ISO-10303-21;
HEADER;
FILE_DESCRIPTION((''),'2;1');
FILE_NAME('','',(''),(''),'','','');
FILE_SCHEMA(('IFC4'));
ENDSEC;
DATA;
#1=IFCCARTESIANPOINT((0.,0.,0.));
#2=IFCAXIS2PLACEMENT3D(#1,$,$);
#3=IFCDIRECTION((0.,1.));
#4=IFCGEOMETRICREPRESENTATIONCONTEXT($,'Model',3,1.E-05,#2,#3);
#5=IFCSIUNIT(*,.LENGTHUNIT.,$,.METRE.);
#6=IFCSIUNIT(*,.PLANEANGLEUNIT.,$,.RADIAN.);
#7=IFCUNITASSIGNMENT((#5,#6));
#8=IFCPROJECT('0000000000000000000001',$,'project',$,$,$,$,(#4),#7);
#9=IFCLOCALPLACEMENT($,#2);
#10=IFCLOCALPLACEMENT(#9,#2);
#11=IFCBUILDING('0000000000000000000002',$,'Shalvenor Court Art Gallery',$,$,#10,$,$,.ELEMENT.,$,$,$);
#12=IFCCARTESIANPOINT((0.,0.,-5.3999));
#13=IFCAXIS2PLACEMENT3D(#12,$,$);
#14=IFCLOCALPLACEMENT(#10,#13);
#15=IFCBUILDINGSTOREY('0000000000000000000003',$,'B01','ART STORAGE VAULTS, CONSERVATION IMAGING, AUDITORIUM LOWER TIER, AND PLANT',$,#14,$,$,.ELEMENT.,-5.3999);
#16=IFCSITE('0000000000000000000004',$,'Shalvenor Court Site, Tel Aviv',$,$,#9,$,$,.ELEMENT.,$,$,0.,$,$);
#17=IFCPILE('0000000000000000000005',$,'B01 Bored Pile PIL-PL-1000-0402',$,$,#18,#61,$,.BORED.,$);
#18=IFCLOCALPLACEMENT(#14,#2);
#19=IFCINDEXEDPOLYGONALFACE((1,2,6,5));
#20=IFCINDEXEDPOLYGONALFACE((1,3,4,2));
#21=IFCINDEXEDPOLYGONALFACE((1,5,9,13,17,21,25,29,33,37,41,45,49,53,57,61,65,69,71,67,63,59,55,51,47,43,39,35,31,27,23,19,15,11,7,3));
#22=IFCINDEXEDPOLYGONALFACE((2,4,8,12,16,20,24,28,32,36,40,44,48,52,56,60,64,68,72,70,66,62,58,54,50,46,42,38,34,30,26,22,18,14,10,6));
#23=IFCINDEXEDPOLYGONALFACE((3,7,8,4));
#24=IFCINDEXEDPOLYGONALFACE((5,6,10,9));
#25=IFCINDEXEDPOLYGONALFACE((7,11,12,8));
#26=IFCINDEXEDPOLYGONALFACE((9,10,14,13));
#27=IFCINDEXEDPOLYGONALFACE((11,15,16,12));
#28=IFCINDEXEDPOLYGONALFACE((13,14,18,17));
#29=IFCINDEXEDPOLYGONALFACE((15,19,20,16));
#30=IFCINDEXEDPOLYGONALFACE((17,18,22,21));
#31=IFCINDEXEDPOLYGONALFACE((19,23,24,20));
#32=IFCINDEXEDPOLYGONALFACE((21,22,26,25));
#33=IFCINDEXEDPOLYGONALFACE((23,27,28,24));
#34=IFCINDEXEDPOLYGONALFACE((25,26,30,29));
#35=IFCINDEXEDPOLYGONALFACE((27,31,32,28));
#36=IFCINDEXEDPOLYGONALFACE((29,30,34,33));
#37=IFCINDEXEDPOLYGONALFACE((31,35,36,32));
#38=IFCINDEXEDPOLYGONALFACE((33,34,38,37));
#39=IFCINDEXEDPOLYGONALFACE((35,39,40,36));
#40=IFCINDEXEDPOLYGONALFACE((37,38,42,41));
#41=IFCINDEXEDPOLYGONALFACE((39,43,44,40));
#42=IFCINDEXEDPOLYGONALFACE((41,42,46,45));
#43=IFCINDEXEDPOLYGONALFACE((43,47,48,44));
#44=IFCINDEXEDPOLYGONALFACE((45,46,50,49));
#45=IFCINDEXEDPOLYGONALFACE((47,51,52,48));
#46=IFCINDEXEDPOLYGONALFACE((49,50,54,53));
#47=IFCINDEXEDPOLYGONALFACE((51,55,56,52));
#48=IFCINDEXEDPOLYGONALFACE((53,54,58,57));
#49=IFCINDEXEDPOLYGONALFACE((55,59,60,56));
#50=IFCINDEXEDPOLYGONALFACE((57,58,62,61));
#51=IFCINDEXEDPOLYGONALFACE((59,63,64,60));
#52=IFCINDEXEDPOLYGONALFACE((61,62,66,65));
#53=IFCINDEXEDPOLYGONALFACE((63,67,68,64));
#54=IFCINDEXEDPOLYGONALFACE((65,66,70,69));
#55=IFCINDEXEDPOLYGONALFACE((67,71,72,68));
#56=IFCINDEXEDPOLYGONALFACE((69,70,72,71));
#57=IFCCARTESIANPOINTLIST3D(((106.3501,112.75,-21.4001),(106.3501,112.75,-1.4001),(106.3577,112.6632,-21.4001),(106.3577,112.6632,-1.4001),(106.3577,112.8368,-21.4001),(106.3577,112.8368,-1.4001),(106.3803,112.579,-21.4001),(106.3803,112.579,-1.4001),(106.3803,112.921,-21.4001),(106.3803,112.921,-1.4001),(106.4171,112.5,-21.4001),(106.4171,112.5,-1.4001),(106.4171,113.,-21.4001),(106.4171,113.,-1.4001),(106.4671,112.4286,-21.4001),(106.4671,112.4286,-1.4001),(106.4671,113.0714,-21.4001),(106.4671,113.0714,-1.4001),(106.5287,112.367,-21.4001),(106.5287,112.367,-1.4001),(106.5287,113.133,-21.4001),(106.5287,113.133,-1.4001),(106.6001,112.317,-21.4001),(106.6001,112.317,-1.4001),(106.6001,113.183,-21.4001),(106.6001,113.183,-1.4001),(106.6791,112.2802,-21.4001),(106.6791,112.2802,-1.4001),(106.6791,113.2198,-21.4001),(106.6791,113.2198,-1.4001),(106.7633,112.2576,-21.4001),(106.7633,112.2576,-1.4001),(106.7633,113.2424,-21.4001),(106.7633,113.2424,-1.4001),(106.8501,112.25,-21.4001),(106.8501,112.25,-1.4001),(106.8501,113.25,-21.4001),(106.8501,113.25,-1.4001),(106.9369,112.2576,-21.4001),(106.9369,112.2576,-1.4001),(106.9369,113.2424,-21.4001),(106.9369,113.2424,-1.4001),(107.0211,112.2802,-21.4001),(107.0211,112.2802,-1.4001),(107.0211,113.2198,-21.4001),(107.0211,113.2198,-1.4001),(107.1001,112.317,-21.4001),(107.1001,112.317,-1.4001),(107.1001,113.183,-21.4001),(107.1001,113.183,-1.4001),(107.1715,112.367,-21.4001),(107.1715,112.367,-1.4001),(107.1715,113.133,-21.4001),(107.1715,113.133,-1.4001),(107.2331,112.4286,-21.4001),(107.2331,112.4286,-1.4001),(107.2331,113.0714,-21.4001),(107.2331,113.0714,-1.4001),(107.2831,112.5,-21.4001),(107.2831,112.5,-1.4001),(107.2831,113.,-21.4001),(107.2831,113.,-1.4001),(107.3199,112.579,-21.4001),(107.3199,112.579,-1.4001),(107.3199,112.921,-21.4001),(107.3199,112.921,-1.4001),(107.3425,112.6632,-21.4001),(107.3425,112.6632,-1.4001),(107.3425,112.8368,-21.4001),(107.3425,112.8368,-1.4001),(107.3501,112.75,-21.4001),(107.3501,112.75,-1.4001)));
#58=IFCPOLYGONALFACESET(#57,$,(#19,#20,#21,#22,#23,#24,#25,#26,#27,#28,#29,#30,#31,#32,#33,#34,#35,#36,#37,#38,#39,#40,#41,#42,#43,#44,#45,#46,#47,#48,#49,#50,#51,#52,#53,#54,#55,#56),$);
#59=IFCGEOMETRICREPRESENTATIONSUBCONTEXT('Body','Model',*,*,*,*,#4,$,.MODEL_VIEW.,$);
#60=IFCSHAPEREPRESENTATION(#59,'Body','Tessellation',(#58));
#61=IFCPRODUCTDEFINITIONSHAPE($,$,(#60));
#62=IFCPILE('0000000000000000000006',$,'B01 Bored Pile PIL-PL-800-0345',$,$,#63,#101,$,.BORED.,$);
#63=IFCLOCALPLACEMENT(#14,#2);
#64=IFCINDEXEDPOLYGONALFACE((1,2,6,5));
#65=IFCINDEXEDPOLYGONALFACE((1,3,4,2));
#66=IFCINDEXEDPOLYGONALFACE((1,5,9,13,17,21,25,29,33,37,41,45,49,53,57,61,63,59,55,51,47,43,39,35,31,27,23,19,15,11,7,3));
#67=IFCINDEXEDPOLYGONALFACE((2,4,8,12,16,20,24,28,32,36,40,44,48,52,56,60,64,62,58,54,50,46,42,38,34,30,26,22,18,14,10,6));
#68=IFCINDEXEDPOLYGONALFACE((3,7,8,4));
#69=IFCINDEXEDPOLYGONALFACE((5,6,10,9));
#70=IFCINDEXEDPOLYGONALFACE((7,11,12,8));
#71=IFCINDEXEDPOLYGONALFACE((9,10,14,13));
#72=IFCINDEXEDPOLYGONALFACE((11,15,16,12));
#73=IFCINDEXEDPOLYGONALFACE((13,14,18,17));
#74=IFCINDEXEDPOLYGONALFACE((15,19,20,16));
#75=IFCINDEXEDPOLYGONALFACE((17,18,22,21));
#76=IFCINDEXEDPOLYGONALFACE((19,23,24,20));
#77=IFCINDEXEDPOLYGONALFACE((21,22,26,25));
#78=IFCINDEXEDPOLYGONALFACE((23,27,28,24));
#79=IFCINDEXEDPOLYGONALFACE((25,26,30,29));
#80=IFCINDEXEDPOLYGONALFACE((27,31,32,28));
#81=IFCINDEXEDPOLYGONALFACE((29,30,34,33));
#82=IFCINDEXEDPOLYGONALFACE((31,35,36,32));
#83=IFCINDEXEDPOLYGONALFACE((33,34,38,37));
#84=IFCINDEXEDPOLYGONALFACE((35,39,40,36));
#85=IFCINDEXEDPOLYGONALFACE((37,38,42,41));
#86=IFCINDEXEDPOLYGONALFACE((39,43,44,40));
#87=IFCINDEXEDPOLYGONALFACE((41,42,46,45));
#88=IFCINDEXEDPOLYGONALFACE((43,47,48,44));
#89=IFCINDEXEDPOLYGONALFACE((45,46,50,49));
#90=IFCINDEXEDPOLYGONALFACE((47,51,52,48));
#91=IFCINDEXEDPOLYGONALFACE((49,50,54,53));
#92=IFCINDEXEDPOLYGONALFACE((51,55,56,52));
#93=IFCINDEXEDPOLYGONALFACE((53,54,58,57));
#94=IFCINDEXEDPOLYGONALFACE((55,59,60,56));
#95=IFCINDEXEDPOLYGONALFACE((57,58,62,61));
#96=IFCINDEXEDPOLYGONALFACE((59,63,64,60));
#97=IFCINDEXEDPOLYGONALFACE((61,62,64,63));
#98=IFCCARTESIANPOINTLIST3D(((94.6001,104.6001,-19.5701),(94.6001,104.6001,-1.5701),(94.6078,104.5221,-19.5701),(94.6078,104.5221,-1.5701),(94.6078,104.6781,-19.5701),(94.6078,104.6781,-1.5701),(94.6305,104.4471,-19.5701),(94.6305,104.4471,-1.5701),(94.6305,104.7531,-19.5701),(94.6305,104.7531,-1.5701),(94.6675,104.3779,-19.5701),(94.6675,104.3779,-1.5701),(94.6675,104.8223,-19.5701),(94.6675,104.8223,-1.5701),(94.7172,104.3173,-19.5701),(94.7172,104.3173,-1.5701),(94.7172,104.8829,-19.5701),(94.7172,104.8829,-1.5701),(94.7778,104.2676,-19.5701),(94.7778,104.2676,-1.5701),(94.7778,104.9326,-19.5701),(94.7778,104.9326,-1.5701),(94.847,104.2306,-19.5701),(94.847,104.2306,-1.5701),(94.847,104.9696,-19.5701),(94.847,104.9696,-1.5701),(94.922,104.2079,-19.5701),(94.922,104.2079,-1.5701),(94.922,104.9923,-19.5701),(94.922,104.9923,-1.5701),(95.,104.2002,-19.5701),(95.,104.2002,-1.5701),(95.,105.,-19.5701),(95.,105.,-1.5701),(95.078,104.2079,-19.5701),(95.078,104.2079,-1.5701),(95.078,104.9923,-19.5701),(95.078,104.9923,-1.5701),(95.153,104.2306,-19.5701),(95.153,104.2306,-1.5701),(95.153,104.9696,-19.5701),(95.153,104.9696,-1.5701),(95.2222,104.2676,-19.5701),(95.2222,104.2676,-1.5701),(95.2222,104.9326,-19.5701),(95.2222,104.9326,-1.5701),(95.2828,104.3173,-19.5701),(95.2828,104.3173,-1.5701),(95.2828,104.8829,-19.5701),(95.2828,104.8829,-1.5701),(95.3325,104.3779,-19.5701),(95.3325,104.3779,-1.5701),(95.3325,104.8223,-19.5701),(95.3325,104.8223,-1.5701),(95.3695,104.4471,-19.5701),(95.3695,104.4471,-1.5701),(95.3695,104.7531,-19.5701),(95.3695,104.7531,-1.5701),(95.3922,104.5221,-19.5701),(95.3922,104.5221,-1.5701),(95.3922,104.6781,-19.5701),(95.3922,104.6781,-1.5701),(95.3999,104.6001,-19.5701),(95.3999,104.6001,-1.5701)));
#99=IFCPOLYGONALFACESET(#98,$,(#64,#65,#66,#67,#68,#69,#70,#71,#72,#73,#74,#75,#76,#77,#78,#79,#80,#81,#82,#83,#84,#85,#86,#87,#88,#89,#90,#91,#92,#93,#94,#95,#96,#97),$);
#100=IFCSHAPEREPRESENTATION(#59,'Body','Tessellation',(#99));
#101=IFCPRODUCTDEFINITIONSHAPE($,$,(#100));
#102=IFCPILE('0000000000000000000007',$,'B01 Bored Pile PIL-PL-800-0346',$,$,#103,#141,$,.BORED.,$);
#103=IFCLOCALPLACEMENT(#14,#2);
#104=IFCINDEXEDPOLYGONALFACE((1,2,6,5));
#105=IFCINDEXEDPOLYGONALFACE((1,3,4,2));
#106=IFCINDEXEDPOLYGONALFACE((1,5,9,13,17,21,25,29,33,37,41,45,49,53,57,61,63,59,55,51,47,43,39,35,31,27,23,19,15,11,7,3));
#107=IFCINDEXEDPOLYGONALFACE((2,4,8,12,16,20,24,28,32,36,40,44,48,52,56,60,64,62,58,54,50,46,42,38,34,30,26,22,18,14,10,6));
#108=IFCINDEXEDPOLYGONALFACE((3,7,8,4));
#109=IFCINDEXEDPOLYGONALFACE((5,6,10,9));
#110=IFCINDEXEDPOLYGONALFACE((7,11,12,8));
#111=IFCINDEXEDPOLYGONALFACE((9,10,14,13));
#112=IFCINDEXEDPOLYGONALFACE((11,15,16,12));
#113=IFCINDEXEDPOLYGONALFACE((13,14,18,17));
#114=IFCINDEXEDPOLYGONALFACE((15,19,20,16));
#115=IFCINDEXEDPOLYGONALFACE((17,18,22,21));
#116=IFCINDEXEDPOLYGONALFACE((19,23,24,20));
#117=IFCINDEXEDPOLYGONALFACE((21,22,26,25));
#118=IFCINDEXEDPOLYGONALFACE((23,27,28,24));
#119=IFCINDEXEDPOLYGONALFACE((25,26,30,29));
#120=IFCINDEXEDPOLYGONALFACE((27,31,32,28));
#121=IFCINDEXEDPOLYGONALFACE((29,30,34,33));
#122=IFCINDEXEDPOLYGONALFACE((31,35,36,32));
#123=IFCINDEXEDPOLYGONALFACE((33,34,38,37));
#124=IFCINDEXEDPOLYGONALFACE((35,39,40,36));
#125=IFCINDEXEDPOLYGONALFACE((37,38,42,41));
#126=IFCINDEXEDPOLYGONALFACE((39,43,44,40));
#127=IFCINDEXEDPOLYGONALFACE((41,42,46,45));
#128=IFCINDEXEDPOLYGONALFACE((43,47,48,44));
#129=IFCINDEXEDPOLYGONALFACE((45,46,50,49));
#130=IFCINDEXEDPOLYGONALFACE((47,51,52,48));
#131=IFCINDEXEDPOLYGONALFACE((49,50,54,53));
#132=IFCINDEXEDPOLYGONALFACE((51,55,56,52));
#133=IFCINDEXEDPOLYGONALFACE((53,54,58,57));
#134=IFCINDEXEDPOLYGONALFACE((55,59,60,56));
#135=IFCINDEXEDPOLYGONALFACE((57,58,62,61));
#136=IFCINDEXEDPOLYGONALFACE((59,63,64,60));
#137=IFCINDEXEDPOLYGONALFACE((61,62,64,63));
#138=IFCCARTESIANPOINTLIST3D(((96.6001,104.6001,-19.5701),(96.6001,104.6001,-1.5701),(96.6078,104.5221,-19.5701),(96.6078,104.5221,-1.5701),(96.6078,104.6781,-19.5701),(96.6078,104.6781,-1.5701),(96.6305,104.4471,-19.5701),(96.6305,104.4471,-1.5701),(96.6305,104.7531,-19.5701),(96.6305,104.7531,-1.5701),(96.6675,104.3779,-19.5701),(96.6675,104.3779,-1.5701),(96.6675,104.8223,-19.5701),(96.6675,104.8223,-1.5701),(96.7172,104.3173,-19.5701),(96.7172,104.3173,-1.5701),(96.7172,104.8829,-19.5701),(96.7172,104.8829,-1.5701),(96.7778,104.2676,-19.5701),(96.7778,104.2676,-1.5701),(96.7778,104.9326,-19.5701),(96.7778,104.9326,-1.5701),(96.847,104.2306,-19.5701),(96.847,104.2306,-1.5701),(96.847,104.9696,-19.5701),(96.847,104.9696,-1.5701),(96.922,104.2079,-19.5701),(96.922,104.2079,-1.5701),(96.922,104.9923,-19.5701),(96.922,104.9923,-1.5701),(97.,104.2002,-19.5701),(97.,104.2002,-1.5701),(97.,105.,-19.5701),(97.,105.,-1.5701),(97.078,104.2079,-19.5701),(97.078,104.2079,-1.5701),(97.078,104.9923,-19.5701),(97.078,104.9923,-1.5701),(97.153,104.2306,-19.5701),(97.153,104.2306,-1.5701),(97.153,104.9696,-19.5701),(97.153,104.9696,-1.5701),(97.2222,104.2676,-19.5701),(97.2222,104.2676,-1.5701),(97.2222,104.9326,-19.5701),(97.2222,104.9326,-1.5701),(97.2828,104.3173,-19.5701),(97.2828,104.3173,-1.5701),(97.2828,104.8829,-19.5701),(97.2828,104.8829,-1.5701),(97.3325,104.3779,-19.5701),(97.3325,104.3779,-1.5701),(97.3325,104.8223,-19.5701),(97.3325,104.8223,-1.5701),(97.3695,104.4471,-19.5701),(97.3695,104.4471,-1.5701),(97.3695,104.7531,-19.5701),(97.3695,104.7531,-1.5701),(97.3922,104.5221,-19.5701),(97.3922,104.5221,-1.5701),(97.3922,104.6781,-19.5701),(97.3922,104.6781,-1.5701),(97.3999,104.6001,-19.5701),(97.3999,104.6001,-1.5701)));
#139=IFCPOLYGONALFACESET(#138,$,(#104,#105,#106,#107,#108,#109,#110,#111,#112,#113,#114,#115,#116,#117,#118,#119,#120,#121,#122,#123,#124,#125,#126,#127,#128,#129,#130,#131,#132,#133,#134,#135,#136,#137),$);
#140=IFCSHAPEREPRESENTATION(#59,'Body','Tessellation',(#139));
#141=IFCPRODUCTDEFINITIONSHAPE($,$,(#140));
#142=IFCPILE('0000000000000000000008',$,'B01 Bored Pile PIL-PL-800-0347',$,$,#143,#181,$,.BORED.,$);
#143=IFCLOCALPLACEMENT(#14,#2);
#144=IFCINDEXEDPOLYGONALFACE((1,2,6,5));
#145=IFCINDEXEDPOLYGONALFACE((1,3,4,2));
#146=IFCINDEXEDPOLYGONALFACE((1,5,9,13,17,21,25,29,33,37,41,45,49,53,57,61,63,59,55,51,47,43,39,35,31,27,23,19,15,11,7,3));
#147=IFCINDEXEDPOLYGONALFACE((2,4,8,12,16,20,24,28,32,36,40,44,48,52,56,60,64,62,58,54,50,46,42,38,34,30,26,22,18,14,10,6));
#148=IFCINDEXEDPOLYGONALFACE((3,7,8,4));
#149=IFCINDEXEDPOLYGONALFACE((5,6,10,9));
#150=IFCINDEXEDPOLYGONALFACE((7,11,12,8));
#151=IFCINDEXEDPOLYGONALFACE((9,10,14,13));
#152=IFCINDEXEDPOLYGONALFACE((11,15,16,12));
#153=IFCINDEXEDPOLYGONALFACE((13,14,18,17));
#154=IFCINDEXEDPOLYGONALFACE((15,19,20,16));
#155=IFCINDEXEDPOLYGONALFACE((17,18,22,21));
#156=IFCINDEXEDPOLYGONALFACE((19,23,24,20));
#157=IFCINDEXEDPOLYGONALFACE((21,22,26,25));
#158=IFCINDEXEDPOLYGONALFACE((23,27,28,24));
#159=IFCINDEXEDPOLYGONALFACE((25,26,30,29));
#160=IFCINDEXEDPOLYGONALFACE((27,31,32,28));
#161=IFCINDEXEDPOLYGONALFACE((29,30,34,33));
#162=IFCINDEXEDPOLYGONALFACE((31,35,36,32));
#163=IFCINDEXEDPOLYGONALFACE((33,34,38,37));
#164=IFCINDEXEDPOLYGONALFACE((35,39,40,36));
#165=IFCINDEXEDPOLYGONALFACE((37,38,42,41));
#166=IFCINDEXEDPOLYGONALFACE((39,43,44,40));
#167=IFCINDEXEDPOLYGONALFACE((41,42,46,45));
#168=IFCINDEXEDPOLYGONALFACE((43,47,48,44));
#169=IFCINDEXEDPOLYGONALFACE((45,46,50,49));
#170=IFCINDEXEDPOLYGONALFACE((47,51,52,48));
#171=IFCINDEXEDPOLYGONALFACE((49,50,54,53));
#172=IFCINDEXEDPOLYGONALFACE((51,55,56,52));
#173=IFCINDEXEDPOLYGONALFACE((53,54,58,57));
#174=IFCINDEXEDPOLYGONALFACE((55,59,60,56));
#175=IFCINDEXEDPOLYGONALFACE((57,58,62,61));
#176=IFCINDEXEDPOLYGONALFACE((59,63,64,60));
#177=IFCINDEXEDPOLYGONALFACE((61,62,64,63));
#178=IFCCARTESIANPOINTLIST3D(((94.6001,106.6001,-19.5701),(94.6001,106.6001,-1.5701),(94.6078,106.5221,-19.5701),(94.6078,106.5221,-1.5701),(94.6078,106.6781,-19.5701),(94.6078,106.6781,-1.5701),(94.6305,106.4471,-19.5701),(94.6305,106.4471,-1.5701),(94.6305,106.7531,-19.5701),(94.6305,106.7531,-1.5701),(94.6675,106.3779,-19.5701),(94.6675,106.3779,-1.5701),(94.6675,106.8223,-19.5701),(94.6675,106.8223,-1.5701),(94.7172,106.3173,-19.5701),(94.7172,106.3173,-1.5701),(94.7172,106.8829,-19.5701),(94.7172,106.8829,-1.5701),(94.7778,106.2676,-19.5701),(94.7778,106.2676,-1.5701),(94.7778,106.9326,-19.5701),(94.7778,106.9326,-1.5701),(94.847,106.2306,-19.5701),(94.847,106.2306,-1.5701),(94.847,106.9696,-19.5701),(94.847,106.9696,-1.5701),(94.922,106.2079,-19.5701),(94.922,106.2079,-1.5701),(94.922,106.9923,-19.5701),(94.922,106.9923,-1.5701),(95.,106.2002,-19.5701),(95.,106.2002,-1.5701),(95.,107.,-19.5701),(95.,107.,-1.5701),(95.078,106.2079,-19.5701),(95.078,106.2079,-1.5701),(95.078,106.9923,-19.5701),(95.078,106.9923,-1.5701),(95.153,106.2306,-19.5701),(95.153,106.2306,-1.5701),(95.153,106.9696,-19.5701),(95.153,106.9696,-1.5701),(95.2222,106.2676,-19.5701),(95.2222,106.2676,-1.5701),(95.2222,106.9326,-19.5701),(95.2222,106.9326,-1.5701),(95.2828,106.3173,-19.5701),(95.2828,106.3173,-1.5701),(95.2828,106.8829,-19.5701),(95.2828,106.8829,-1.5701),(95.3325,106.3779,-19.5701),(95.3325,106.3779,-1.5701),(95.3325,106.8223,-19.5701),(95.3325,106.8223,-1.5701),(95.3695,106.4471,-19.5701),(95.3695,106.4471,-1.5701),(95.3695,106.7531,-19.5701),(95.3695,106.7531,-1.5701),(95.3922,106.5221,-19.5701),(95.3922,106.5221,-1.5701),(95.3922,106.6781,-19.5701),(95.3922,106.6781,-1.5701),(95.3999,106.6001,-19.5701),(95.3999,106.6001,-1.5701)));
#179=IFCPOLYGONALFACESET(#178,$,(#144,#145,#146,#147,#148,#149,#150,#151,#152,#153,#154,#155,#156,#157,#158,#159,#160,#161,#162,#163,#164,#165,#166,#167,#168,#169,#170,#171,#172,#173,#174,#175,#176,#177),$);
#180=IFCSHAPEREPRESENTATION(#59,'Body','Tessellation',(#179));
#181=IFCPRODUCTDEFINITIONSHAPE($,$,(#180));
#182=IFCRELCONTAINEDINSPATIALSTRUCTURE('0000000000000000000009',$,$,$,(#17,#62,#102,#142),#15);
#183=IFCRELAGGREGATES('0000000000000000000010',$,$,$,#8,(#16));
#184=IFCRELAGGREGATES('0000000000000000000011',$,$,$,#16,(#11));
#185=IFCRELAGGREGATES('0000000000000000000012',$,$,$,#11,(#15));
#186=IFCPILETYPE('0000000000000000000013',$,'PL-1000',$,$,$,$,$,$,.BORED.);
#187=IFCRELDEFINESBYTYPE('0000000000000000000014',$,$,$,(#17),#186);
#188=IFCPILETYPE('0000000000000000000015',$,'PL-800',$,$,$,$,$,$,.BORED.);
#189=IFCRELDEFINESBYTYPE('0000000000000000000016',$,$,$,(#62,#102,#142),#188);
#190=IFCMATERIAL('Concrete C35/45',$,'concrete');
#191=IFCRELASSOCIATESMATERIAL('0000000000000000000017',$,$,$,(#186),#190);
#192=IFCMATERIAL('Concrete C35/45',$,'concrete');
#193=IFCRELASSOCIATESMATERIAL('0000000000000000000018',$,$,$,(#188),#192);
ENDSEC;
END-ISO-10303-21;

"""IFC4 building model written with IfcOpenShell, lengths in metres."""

from ifc_helpers import new_model, si_unit, direction, frame, origin, origin_2d, place, context, subcontext, project, spatial, circle, extrude, material, material_profile, profile_set, type_object, element, save


model = new_model("IFC4")

# Units and contexts
model_context = context("Model", 3, precision=1e-05, world=origin(), true_north=direction((0.0, 1.0)))
body_context = subcontext(model_context, "Body", "Model", "MODEL_VIEW")
ifc_project = project(units=[si_unit("LENGTHUNIT", "METRE"), si_unit("PLANEANGLEUNIT", "RADIAN")], contexts=[model_context])

# Site, building, storey
site_placement = place(None, origin())
site = spatial("IfcSite", under=ifc_project, at=site_placement, Name="Shalvenor Court Site, Tel Aviv", CompositionType="ELEMENT", RefElevation=0.0)
building_placement = place(site_placement, origin())
building = spatial("IfcBuilding", under=site, at=building_placement, Name="Shalvenor Court Art Gallery", CompositionType="ELEMENT")
storey_placement = place(building_placement, frame((0.0, 0.0, -5.3999)))
storey = spatial("IfcBuildingStorey", under=building, at=storey_placement, Name="B01", Description="ART STORAGE VAULTS, CONSERVATION IMAGING, AUDITORIUM LOWER TIER, AND PLANT", CompositionType="ELEMENT", Elevation=-5.3999)

# Piles
ifc_material_1 = material(Name="Concrete C35/45", Category="concrete")
ifc_material_profile_1 = material_profile(ifc_material_1, circle(Radius=0.5, at=origin_2d()), Name="PILE 1000")
ifc_profile_set_1 = profile_set([ifc_material_profile_1], Name="Concrete C35/45")
pile_type_1 = type_object("IfcPileType", Name="PL-1000", PredefinedType="BORED", material=ifc_profile_set_1)
for number, where, z_axis, x_axis, name in (
    (1, (106.8501, 112.75, -1.4001), (0.0, 0.0, -1.0), (1.0, 0.0, 0.0), "B01 Bored Pile PIL-PL-1000-0402"),
):
    element("IfcPile", number, at=place(storey_placement, frame(where, z_axis=z_axis, x_axis=x_axis)), inside=storey, type_object=pile_type_1, Name=name, PredefinedType="BORED", context=body_context, shape_type="SweptSolid", body=[
        extrude(circle(Radius=0.5, at=origin_2d()), origin(), (0.0, 0.0, 1.0), 20.0),
    ])
ifc_material_2 = material(Name="Concrete C35/45", Category="concrete")
ifc_material_profile_2 = material_profile(ifc_material_2, circle(Radius=0.3999, at=origin_2d()), Name="PILE 800")
ifc_profile_set_2 = profile_set([ifc_material_profile_2], Name="Concrete C35/45")
pile_type_2 = type_object("IfcPileType", Name="PL-800", PredefinedType="BORED", material=ifc_profile_set_2)
for number, where, z_axis, x_axis, name in (
    (2, (95.0, 104.6001, -1.5701), (0.0, 0.0, -1.0), (1.0, 0.0, 0.0), "B01 Bored Pile PIL-PL-800-0345"),
    (3, (97.0, 104.6001, -1.5701), (0.0, 0.0, -1.0), (1.0, 0.0, 0.0), "B01 Bored Pile PIL-PL-800-0346"),
    (4, (95.0, 106.6001, -1.5701), (0.0, 0.0, -1.0), (1.0, 0.0, 0.0), "B01 Bored Pile PIL-PL-800-0347"),
):
    element("IfcPile", number, at=place(storey_placement, frame(where, z_axis=z_axis, x_axis=x_axis)), inside=storey, type_object=pile_type_2, Name=name, PredefinedType="BORED", context=body_context, shape_type="SweptSolid", body=[
        extrude(circle(Radius=0.3999, at=origin_2d()), origin(), (0.0, 0.0, 1.0), 18.0),
    ])

save(model, "model.ifc")
